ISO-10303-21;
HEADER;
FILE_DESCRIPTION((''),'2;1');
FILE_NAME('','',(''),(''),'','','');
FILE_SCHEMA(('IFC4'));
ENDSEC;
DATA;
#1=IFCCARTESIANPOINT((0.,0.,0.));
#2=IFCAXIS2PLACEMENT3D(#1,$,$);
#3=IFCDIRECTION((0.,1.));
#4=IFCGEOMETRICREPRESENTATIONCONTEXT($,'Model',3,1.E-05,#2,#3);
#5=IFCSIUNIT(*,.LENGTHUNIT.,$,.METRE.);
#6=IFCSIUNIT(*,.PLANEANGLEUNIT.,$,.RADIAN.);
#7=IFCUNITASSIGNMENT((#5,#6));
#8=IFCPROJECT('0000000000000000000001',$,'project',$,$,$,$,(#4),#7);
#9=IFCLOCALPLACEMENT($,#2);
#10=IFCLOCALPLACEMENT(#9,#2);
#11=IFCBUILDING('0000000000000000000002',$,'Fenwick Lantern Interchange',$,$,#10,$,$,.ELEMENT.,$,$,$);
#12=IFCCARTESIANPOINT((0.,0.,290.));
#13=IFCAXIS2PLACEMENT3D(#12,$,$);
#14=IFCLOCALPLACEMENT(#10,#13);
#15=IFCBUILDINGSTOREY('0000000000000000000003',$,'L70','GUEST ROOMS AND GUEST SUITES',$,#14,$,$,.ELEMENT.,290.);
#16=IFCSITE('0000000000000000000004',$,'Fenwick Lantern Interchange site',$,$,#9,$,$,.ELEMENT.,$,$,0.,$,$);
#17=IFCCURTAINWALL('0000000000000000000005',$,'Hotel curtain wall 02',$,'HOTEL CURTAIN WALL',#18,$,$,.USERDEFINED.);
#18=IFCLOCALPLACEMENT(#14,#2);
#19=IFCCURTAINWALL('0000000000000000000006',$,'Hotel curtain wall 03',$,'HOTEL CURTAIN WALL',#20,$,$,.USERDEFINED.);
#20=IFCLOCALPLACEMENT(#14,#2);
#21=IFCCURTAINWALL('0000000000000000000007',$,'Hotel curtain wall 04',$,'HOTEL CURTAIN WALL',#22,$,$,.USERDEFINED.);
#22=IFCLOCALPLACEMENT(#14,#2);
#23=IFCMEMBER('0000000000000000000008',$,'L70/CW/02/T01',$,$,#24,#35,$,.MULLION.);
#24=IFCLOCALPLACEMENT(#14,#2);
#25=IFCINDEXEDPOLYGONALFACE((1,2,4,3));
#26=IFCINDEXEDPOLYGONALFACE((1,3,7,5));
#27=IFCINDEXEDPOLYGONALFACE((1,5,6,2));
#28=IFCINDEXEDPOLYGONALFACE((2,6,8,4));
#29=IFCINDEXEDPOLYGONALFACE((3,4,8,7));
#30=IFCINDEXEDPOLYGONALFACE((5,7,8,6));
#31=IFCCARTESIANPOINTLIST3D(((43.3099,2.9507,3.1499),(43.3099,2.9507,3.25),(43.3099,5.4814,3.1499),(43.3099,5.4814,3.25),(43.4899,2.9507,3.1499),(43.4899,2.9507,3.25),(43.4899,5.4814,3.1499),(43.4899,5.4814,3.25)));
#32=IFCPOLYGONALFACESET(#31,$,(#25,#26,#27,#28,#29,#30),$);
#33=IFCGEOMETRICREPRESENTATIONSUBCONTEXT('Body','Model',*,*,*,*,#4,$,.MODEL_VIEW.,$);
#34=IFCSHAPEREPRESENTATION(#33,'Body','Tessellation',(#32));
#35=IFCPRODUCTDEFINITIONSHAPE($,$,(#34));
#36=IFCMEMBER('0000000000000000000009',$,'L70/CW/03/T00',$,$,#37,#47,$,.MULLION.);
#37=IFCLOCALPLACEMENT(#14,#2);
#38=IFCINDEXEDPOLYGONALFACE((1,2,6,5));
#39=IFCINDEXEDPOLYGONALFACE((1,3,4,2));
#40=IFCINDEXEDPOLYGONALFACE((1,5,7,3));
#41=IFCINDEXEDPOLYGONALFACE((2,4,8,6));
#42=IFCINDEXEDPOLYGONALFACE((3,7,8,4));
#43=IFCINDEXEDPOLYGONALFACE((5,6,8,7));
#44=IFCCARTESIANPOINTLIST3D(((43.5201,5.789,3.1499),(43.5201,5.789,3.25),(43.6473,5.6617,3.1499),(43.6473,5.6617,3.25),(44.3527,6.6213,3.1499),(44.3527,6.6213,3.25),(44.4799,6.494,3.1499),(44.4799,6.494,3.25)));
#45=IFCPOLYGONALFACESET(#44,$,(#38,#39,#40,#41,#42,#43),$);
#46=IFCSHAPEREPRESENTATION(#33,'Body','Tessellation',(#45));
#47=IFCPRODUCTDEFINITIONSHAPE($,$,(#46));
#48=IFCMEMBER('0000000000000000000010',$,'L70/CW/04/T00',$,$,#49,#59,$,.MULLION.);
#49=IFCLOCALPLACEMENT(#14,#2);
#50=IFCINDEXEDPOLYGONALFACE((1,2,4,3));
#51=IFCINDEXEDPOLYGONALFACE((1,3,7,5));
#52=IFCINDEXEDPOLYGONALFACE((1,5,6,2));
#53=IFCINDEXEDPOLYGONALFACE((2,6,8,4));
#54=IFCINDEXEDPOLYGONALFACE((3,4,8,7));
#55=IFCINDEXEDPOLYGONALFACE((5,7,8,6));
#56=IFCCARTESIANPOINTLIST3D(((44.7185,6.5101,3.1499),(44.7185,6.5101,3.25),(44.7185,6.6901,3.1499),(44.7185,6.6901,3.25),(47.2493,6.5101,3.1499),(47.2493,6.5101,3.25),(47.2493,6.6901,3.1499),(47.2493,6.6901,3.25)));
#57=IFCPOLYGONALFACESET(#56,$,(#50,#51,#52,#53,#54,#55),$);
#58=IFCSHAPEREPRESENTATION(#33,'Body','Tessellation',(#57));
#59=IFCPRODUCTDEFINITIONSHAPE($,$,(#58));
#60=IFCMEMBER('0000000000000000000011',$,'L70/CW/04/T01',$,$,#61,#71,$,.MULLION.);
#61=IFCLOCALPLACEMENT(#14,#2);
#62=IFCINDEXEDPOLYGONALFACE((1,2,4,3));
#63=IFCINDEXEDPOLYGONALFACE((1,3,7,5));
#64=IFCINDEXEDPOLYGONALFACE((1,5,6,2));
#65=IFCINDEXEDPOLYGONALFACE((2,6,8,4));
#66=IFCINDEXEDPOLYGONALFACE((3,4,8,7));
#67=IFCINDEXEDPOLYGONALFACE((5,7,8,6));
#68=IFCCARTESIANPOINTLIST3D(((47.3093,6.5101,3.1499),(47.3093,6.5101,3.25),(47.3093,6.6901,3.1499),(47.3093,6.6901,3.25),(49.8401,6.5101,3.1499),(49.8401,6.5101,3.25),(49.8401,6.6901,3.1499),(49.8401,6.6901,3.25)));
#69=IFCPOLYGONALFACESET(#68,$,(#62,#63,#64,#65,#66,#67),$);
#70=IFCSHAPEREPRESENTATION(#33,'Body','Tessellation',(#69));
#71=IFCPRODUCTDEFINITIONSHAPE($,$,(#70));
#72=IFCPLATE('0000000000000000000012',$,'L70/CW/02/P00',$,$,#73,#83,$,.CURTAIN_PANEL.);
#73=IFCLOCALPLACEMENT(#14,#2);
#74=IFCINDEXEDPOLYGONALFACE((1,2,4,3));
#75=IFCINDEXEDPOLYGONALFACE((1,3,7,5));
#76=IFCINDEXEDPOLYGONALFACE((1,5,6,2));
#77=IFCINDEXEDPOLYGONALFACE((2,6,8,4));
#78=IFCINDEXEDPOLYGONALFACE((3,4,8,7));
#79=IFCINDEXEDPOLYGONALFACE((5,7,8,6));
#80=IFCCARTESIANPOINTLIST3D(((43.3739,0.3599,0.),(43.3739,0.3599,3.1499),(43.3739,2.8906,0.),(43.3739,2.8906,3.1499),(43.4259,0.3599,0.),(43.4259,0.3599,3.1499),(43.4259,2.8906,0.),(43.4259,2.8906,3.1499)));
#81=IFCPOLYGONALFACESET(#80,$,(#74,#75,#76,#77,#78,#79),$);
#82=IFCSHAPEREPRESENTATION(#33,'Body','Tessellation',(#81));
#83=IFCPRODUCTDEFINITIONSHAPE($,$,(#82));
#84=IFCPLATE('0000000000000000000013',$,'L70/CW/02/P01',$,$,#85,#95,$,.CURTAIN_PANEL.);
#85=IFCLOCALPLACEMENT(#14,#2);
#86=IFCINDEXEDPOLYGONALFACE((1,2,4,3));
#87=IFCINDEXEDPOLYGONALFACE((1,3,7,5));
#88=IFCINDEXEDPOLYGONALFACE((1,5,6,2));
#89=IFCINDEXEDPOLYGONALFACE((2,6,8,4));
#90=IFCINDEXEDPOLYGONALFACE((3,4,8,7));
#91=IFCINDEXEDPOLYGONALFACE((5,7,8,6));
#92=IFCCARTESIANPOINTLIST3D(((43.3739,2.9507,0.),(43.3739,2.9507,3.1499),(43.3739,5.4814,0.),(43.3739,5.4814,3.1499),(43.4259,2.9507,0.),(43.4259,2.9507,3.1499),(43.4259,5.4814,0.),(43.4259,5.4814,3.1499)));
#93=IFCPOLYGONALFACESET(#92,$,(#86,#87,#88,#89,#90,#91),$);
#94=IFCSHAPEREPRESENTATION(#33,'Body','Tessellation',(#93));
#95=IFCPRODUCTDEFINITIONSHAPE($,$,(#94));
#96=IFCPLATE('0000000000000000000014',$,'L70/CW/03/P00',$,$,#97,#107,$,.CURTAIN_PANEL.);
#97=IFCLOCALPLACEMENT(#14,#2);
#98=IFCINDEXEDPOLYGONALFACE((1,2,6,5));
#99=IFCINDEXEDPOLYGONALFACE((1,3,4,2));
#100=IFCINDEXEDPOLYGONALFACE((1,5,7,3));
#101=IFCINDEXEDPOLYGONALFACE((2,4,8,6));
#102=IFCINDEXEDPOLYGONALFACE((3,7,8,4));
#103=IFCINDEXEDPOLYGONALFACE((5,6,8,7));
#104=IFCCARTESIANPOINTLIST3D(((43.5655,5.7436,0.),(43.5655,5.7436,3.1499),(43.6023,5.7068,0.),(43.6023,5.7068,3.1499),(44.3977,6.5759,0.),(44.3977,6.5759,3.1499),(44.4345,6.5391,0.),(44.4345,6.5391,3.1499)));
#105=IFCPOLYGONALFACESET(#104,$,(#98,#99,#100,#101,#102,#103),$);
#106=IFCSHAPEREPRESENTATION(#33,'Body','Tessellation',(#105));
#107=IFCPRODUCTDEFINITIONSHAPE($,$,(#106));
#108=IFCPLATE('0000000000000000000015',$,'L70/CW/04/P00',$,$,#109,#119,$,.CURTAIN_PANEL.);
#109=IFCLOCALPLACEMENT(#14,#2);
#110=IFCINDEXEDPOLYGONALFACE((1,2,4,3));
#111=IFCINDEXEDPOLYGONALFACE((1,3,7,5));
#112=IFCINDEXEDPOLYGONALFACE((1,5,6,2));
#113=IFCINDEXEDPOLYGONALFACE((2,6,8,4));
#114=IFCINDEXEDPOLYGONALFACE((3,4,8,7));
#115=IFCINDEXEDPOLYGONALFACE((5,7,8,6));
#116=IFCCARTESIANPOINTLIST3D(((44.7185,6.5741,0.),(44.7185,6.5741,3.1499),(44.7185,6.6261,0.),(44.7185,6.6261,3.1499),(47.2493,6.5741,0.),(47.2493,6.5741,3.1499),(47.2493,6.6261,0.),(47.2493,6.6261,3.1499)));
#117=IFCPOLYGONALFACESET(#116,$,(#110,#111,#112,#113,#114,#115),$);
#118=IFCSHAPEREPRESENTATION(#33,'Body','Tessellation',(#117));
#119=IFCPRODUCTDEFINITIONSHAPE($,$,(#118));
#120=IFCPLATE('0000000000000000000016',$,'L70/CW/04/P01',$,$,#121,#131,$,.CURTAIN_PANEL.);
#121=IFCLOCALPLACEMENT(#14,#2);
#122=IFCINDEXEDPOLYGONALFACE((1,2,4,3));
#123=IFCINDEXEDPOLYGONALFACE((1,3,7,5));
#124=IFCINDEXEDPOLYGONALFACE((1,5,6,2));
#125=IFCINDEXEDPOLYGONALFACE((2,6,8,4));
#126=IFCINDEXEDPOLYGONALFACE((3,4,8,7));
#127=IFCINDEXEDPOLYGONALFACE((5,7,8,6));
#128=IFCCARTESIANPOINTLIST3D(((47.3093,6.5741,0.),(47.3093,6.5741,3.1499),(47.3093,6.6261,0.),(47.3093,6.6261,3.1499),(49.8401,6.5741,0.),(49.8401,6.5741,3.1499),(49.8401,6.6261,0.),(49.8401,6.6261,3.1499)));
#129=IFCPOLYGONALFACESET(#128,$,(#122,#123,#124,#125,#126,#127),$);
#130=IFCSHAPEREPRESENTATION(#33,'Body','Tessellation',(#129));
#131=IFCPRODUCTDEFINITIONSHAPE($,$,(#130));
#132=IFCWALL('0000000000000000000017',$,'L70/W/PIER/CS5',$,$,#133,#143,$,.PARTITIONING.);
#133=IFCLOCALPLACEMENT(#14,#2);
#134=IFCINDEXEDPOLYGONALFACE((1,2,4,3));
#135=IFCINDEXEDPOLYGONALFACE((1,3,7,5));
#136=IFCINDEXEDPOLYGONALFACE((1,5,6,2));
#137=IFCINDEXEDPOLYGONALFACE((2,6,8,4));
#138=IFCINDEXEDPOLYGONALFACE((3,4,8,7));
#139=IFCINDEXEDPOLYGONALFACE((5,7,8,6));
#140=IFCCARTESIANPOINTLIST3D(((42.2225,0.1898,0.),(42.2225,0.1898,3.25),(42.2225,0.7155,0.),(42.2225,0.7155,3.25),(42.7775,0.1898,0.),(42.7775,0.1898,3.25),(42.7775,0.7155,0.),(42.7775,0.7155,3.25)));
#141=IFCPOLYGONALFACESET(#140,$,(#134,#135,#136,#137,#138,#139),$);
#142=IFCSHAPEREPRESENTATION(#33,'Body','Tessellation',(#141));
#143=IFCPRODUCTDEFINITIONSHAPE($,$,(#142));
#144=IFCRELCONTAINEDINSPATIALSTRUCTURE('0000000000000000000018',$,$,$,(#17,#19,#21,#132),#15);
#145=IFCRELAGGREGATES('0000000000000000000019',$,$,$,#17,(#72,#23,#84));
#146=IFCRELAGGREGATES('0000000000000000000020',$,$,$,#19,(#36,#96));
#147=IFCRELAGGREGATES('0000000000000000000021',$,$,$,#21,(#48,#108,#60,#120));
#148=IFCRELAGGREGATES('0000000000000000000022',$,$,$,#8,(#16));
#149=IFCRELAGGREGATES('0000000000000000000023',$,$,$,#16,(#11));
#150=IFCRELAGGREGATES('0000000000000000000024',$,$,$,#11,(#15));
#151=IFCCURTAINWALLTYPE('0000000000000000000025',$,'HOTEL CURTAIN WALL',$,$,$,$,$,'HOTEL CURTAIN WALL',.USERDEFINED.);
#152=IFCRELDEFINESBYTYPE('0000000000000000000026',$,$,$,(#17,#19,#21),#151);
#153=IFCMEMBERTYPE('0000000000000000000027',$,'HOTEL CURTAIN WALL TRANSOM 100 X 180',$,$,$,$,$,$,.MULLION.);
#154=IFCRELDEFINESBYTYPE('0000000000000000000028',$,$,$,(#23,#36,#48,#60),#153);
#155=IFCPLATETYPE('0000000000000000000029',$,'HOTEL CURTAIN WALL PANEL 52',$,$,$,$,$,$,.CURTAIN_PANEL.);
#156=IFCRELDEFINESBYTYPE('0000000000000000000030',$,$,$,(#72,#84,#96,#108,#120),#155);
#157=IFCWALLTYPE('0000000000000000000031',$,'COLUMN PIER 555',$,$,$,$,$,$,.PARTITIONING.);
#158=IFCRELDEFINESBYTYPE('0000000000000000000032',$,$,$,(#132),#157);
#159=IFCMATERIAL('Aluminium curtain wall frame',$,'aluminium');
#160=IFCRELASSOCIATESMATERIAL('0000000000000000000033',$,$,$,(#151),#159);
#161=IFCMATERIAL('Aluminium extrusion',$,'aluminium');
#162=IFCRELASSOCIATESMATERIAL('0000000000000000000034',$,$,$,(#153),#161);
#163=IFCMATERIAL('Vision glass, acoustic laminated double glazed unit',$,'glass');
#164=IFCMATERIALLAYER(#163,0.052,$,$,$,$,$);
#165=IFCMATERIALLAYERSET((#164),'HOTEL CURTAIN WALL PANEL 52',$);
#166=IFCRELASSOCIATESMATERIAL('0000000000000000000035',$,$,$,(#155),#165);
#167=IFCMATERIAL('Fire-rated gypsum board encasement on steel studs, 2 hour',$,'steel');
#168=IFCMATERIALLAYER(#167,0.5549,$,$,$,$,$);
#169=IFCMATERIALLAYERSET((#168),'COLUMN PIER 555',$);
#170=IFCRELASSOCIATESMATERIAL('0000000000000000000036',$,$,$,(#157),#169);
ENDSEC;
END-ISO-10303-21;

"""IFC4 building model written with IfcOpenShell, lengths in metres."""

from ifc_helpers import new_model, si_unit, direction, frame, frame_2d, origin, origin_2d, place, context, subcontext, project, spatial, rectangle, extrude, material, layer, layer_set, material_profile, profile_set, type_object, element, aggregate, save


model = new_model("IFC4")

# Units and contexts
model_context = context("Model", 3, precision=1e-05, world=origin(), true_north=direction((0.0, 1.0)))
body_context = subcontext(model_context, "Body", "Model", "MODEL_VIEW")
ifc_project = project(units=[si_unit("LENGTHUNIT", "METRE"), si_unit("PLANEANGLEUNIT", "RADIAN")], contexts=[model_context])

# Site, building, storey
site_placement = place(None, origin())
site = spatial("IfcSite", under=ifc_project, at=site_placement, Name="Fenwick Lantern Interchange site", CompositionType="ELEMENT", RefElevation=0.0)
building_placement = place(site_placement, origin())
building = spatial("IfcBuilding", under=site, at=building_placement, Name="Fenwick Lantern Interchange", CompositionType="ELEMENT")
storey_placement = place(building_placement, frame((0.0, 0.0, 290.0)))
storey = spatial("IfcBuildingStorey", under=building, at=storey_placement, Name="L70", Description="GUEST ROOMS AND GUEST SUITES", CompositionType="ELEMENT", Elevation=290.0)

# Shared definitions
ifc_material_1 = material(Name="Aluminium curtain wall frame", Category="aluminium")
curtain_wall_type = type_object("IfcCurtainWallType", Name="HOTEL CURTAIN WALL", ElementType="HOTEL CURTAIN WALL", PredefinedType="USERDEFINED", material=ifc_material_1)
ifc_material_2 = material(Name="Aluminium extrusion", Category="aluminium")

# Curtain walls
curtain_wall_1_placement = place(storey_placement, origin())
curtain_wall_1 = element("IfcCurtainWall", 1, at=curtain_wall_1_placement, inside=storey, type_object=curtain_wall_type, Name="Hotel curtain wall 02", ObjectType="HOTEL CURTAIN WALL", PredefinedType="USERDEFINED")
curtain_wall_2_placement = place(storey_placement, origin())
curtain_wall_2 = element("IfcCurtainWall", 2, at=curtain_wall_2_placement, inside=storey, type_object=curtain_wall_type, Name="Hotel curtain wall 03", ObjectType="HOTEL CURTAIN WALL", PredefinedType="USERDEFINED")
curtain_wall_3_placement = place(storey_placement, origin())
curtain_wall_3 = element("IfcCurtainWall", 3, at=curtain_wall_3_placement, inside=storey, type_object=curtain_wall_type, Name="Hotel curtain wall 04", ObjectType="HOTEL CURTAIN WALL", PredefinedType="USERDEFINED")

# Members
ifc_material_profile_1 = material_profile(ifc_material_2, rectangle(XDim=0.1799, YDim=0.1001, at=origin_2d()), Name="HOTEL CURTAIN WALL TRANSOM 100 X 180")
ifc_profile_set_1 = profile_set([ifc_material_profile_1], Name="Aluminium extrusion")
member_type_1 = type_object("IfcMemberType", Name="HOTEL CURTAIN WALL TRANSOM 100 X 180", PredefinedType="MULLION", material=ifc_profile_set_1)
member_1_placement = place(storey_placement, frame((43.3999, 2.9507, 3.2), z_axis=(0.0, 1.0, 0.0), x_axis=(-1.0, 0.0, 0.0)))
member_1 = element("IfcMember", 4, at=member_1_placement, type_object=member_type_1, Name="L70/CW/02/T01", PredefinedType="MULLION", context=body_context, shape_type="SweptSolid", body=[
    extrude(rectangle(XDim=0.1799, YDim=0.1001, at=origin_2d()), origin(), (0.0, 0.0, 1.0), 2.5308),
])
member_2_placement = place(storey_placement, frame((43.5837, 5.7253, 3.2), z_axis=(0.70721, 0.707003, 0.0), x_axis=(-0.707003, 0.70721, 0.0)))
member_2 = element("IfcMember", 5, at=member_2_placement, type_object=member_type_1, Name="L70/CW/03/T00", PredefinedType="MULLION", context=body_context, shape_type="SweptSolid", body=[
    extrude(rectangle(XDim=0.1799, YDim=0.1001, at=origin_2d()), origin(), (0.0, 0.0, 1.0), 1.1772),
])
member_3_placement = place(storey_placement, frame((44.7185, 6.6001, 3.2), z_axis=(1.0, 0.0, 0.0), x_axis=(0.0, 1.0, 0.0)))
member_3 = element("IfcMember", 6, at=member_3_placement, type_object=member_type_1, Name="L70/CW/04/T00", PredefinedType="MULLION", context=body_context, shape_type="SweptSolid", body=[
    extrude(rectangle(XDim=0.1799, YDim=0.1001, at=origin_2d()), origin(), (0.0, 0.0, 1.0), 2.5308),
])
member_4_placement = place(storey_placement, frame((47.3093, 6.6001, 3.2), z_axis=(1.0, 0.0, 0.0), x_axis=(0.0, 1.0, 0.0)))
member_4 = element("IfcMember", 7, at=member_4_placement, type_object=member_type_1, Name="L70/CW/04/T01", PredefinedType="MULLION", context=body_context, shape_type="SweptSolid", body=[
    extrude(rectangle(XDim=0.1799, YDim=0.1001, at=origin_2d()), origin(), (0.0, 0.0, 1.0), 2.5308),
])

# Plates
ifc_material_3 = material(Name="Vision glass, acoustic laminated double glazed unit", Category="glass")
ifc_layer_1 = layer(ifc_material_3, 0.052)
ifc_layer_set_1 = layer_set([ifc_layer_1], Name="HOTEL CURTAIN WALL PANEL 52")
plate_type = type_object("IfcPlateType", Name="HOTEL CURTAIN WALL PANEL 52", PredefinedType="CURTAIN_PANEL", material=ifc_layer_set_1)
plate_1_placement = place(storey_placement, frame((43.3999, 1.6252, 0.0), z_axis=(0.0, 0.0, 1.0), x_axis=(0.0, 1.0, 0.0)))
plate_1 = element("IfcPlate", 8, at=plate_1_placement, type_object=plate_type, Name="L70/CW/02/P00", PredefinedType="CURTAIN_PANEL", context=body_context, shape_type="SweptSolid", body=[
    extrude(rectangle(XDim=2.5308, YDim=0.052, at=origin_2d()), origin(), (0.0, 0.0, 1.0), 3.1499),
])
plate_2_placement = place(storey_placement, frame((43.3999, 4.2161, 0.0), z_axis=(0.0, 0.0, 1.0), x_axis=(0.0, 1.0, 0.0)))
plate_2 = element("IfcPlate", 9, at=plate_2_placement, type_object=plate_type, Name="L70/CW/02/P01", PredefinedType="CURTAIN_PANEL", context=body_context, shape_type="SweptSolid", body=[
    extrude(rectangle(XDim=2.5308, YDim=0.052, at=origin_2d()), origin(), (0.0, 0.0, 1.0), 3.1499),
])
aggregate(curtain_wall_1, [plate_1, member_1, plate_2])
plate_3_placement = place(storey_placement, frame((44.0, 6.1414, 0.0), z_axis=(0.0, 0.0, 1.0), x_axis=(0.707107, 0.707107, 0.0)))
plate_3 = element("IfcPlate", 10, at=plate_3_placement, type_object=plate_type, Name="L70/CW/03/P00", PredefinedType="CURTAIN_PANEL", context=body_context, shape_type="SweptSolid", body=[
    extrude(rectangle(XDim=1.177, YDim=0.052, at=origin_2d()), origin(), (0.0, 0.0, 1.0), 3.1499),
])
aggregate(curtain_wall_2, [member_2, plate_3])
plate_4_placement = place(storey_placement, frame((45.9839, 6.6001, 0.0), z_axis=(0.0, 0.0, 1.0), x_axis=(1.0, 0.0, 0.0)))
plate_4 = element("IfcPlate", 11, at=plate_4_placement, type_object=plate_type, Name="L70/CW/04/P00", PredefinedType="CURTAIN_PANEL", context=body_context, shape_type="SweptSolid", body=[
    extrude(rectangle(XDim=2.5308, YDim=0.052, at=origin_2d()), origin(), (0.0, 0.0, 1.0), 3.1499),
])
plate_5_placement = place(storey_placement, frame((48.5747, 6.6001, 0.0), z_axis=(0.0, 0.0, 1.0), x_axis=(1.0, 0.0, 0.0)))
plate_5 = element("IfcPlate", 12, at=plate_5_placement, type_object=plate_type, Name="L70/CW/04/P01", PredefinedType="CURTAIN_PANEL", context=body_context, shape_type="SweptSolid", body=[
    extrude(rectangle(XDim=2.5308, YDim=0.052, at=origin_2d()), origin(), (0.0, 0.0, 1.0), 3.1499),
])
aggregate(curtain_wall_3, [member_3, plate_4, member_4, plate_5])

# Wall
ifc_material_4 = material(Name="Fire-rated gypsum board encasement on steel studs, 2 hour", Category="steel")
ifc_layer_2 = layer(ifc_material_4, 0.5549)
ifc_layer_set_2 = layer_set([ifc_layer_2], Name="COLUMN PIER 555")
wall_type = type_object("IfcWallType", Name="COLUMN PIER 555", PredefinedType="PARTITIONING", material=ifc_layer_set_2)
wall_placement = place(storey_placement, frame((42.5, 0.1899, 0.0), z_axis=(0.0, 0.0, 1.0), x_axis=(0.0, 1.0, 0.0)))
element("IfcWall", 13, at=wall_placement, inside=storey, type_object=wall_type, Name="L70/W/PIER/CS5", PredefinedType="PARTITIONING", context=body_context, shape_type="SweptSolid", body=[
    extrude(rectangle(XDim=0.5256, YDim=0.5549, at=frame_2d((0.2627, 0.0))), origin(), (0.0, 0.0, 1.0), 3.25),
])

save(model, "model.ifc")
